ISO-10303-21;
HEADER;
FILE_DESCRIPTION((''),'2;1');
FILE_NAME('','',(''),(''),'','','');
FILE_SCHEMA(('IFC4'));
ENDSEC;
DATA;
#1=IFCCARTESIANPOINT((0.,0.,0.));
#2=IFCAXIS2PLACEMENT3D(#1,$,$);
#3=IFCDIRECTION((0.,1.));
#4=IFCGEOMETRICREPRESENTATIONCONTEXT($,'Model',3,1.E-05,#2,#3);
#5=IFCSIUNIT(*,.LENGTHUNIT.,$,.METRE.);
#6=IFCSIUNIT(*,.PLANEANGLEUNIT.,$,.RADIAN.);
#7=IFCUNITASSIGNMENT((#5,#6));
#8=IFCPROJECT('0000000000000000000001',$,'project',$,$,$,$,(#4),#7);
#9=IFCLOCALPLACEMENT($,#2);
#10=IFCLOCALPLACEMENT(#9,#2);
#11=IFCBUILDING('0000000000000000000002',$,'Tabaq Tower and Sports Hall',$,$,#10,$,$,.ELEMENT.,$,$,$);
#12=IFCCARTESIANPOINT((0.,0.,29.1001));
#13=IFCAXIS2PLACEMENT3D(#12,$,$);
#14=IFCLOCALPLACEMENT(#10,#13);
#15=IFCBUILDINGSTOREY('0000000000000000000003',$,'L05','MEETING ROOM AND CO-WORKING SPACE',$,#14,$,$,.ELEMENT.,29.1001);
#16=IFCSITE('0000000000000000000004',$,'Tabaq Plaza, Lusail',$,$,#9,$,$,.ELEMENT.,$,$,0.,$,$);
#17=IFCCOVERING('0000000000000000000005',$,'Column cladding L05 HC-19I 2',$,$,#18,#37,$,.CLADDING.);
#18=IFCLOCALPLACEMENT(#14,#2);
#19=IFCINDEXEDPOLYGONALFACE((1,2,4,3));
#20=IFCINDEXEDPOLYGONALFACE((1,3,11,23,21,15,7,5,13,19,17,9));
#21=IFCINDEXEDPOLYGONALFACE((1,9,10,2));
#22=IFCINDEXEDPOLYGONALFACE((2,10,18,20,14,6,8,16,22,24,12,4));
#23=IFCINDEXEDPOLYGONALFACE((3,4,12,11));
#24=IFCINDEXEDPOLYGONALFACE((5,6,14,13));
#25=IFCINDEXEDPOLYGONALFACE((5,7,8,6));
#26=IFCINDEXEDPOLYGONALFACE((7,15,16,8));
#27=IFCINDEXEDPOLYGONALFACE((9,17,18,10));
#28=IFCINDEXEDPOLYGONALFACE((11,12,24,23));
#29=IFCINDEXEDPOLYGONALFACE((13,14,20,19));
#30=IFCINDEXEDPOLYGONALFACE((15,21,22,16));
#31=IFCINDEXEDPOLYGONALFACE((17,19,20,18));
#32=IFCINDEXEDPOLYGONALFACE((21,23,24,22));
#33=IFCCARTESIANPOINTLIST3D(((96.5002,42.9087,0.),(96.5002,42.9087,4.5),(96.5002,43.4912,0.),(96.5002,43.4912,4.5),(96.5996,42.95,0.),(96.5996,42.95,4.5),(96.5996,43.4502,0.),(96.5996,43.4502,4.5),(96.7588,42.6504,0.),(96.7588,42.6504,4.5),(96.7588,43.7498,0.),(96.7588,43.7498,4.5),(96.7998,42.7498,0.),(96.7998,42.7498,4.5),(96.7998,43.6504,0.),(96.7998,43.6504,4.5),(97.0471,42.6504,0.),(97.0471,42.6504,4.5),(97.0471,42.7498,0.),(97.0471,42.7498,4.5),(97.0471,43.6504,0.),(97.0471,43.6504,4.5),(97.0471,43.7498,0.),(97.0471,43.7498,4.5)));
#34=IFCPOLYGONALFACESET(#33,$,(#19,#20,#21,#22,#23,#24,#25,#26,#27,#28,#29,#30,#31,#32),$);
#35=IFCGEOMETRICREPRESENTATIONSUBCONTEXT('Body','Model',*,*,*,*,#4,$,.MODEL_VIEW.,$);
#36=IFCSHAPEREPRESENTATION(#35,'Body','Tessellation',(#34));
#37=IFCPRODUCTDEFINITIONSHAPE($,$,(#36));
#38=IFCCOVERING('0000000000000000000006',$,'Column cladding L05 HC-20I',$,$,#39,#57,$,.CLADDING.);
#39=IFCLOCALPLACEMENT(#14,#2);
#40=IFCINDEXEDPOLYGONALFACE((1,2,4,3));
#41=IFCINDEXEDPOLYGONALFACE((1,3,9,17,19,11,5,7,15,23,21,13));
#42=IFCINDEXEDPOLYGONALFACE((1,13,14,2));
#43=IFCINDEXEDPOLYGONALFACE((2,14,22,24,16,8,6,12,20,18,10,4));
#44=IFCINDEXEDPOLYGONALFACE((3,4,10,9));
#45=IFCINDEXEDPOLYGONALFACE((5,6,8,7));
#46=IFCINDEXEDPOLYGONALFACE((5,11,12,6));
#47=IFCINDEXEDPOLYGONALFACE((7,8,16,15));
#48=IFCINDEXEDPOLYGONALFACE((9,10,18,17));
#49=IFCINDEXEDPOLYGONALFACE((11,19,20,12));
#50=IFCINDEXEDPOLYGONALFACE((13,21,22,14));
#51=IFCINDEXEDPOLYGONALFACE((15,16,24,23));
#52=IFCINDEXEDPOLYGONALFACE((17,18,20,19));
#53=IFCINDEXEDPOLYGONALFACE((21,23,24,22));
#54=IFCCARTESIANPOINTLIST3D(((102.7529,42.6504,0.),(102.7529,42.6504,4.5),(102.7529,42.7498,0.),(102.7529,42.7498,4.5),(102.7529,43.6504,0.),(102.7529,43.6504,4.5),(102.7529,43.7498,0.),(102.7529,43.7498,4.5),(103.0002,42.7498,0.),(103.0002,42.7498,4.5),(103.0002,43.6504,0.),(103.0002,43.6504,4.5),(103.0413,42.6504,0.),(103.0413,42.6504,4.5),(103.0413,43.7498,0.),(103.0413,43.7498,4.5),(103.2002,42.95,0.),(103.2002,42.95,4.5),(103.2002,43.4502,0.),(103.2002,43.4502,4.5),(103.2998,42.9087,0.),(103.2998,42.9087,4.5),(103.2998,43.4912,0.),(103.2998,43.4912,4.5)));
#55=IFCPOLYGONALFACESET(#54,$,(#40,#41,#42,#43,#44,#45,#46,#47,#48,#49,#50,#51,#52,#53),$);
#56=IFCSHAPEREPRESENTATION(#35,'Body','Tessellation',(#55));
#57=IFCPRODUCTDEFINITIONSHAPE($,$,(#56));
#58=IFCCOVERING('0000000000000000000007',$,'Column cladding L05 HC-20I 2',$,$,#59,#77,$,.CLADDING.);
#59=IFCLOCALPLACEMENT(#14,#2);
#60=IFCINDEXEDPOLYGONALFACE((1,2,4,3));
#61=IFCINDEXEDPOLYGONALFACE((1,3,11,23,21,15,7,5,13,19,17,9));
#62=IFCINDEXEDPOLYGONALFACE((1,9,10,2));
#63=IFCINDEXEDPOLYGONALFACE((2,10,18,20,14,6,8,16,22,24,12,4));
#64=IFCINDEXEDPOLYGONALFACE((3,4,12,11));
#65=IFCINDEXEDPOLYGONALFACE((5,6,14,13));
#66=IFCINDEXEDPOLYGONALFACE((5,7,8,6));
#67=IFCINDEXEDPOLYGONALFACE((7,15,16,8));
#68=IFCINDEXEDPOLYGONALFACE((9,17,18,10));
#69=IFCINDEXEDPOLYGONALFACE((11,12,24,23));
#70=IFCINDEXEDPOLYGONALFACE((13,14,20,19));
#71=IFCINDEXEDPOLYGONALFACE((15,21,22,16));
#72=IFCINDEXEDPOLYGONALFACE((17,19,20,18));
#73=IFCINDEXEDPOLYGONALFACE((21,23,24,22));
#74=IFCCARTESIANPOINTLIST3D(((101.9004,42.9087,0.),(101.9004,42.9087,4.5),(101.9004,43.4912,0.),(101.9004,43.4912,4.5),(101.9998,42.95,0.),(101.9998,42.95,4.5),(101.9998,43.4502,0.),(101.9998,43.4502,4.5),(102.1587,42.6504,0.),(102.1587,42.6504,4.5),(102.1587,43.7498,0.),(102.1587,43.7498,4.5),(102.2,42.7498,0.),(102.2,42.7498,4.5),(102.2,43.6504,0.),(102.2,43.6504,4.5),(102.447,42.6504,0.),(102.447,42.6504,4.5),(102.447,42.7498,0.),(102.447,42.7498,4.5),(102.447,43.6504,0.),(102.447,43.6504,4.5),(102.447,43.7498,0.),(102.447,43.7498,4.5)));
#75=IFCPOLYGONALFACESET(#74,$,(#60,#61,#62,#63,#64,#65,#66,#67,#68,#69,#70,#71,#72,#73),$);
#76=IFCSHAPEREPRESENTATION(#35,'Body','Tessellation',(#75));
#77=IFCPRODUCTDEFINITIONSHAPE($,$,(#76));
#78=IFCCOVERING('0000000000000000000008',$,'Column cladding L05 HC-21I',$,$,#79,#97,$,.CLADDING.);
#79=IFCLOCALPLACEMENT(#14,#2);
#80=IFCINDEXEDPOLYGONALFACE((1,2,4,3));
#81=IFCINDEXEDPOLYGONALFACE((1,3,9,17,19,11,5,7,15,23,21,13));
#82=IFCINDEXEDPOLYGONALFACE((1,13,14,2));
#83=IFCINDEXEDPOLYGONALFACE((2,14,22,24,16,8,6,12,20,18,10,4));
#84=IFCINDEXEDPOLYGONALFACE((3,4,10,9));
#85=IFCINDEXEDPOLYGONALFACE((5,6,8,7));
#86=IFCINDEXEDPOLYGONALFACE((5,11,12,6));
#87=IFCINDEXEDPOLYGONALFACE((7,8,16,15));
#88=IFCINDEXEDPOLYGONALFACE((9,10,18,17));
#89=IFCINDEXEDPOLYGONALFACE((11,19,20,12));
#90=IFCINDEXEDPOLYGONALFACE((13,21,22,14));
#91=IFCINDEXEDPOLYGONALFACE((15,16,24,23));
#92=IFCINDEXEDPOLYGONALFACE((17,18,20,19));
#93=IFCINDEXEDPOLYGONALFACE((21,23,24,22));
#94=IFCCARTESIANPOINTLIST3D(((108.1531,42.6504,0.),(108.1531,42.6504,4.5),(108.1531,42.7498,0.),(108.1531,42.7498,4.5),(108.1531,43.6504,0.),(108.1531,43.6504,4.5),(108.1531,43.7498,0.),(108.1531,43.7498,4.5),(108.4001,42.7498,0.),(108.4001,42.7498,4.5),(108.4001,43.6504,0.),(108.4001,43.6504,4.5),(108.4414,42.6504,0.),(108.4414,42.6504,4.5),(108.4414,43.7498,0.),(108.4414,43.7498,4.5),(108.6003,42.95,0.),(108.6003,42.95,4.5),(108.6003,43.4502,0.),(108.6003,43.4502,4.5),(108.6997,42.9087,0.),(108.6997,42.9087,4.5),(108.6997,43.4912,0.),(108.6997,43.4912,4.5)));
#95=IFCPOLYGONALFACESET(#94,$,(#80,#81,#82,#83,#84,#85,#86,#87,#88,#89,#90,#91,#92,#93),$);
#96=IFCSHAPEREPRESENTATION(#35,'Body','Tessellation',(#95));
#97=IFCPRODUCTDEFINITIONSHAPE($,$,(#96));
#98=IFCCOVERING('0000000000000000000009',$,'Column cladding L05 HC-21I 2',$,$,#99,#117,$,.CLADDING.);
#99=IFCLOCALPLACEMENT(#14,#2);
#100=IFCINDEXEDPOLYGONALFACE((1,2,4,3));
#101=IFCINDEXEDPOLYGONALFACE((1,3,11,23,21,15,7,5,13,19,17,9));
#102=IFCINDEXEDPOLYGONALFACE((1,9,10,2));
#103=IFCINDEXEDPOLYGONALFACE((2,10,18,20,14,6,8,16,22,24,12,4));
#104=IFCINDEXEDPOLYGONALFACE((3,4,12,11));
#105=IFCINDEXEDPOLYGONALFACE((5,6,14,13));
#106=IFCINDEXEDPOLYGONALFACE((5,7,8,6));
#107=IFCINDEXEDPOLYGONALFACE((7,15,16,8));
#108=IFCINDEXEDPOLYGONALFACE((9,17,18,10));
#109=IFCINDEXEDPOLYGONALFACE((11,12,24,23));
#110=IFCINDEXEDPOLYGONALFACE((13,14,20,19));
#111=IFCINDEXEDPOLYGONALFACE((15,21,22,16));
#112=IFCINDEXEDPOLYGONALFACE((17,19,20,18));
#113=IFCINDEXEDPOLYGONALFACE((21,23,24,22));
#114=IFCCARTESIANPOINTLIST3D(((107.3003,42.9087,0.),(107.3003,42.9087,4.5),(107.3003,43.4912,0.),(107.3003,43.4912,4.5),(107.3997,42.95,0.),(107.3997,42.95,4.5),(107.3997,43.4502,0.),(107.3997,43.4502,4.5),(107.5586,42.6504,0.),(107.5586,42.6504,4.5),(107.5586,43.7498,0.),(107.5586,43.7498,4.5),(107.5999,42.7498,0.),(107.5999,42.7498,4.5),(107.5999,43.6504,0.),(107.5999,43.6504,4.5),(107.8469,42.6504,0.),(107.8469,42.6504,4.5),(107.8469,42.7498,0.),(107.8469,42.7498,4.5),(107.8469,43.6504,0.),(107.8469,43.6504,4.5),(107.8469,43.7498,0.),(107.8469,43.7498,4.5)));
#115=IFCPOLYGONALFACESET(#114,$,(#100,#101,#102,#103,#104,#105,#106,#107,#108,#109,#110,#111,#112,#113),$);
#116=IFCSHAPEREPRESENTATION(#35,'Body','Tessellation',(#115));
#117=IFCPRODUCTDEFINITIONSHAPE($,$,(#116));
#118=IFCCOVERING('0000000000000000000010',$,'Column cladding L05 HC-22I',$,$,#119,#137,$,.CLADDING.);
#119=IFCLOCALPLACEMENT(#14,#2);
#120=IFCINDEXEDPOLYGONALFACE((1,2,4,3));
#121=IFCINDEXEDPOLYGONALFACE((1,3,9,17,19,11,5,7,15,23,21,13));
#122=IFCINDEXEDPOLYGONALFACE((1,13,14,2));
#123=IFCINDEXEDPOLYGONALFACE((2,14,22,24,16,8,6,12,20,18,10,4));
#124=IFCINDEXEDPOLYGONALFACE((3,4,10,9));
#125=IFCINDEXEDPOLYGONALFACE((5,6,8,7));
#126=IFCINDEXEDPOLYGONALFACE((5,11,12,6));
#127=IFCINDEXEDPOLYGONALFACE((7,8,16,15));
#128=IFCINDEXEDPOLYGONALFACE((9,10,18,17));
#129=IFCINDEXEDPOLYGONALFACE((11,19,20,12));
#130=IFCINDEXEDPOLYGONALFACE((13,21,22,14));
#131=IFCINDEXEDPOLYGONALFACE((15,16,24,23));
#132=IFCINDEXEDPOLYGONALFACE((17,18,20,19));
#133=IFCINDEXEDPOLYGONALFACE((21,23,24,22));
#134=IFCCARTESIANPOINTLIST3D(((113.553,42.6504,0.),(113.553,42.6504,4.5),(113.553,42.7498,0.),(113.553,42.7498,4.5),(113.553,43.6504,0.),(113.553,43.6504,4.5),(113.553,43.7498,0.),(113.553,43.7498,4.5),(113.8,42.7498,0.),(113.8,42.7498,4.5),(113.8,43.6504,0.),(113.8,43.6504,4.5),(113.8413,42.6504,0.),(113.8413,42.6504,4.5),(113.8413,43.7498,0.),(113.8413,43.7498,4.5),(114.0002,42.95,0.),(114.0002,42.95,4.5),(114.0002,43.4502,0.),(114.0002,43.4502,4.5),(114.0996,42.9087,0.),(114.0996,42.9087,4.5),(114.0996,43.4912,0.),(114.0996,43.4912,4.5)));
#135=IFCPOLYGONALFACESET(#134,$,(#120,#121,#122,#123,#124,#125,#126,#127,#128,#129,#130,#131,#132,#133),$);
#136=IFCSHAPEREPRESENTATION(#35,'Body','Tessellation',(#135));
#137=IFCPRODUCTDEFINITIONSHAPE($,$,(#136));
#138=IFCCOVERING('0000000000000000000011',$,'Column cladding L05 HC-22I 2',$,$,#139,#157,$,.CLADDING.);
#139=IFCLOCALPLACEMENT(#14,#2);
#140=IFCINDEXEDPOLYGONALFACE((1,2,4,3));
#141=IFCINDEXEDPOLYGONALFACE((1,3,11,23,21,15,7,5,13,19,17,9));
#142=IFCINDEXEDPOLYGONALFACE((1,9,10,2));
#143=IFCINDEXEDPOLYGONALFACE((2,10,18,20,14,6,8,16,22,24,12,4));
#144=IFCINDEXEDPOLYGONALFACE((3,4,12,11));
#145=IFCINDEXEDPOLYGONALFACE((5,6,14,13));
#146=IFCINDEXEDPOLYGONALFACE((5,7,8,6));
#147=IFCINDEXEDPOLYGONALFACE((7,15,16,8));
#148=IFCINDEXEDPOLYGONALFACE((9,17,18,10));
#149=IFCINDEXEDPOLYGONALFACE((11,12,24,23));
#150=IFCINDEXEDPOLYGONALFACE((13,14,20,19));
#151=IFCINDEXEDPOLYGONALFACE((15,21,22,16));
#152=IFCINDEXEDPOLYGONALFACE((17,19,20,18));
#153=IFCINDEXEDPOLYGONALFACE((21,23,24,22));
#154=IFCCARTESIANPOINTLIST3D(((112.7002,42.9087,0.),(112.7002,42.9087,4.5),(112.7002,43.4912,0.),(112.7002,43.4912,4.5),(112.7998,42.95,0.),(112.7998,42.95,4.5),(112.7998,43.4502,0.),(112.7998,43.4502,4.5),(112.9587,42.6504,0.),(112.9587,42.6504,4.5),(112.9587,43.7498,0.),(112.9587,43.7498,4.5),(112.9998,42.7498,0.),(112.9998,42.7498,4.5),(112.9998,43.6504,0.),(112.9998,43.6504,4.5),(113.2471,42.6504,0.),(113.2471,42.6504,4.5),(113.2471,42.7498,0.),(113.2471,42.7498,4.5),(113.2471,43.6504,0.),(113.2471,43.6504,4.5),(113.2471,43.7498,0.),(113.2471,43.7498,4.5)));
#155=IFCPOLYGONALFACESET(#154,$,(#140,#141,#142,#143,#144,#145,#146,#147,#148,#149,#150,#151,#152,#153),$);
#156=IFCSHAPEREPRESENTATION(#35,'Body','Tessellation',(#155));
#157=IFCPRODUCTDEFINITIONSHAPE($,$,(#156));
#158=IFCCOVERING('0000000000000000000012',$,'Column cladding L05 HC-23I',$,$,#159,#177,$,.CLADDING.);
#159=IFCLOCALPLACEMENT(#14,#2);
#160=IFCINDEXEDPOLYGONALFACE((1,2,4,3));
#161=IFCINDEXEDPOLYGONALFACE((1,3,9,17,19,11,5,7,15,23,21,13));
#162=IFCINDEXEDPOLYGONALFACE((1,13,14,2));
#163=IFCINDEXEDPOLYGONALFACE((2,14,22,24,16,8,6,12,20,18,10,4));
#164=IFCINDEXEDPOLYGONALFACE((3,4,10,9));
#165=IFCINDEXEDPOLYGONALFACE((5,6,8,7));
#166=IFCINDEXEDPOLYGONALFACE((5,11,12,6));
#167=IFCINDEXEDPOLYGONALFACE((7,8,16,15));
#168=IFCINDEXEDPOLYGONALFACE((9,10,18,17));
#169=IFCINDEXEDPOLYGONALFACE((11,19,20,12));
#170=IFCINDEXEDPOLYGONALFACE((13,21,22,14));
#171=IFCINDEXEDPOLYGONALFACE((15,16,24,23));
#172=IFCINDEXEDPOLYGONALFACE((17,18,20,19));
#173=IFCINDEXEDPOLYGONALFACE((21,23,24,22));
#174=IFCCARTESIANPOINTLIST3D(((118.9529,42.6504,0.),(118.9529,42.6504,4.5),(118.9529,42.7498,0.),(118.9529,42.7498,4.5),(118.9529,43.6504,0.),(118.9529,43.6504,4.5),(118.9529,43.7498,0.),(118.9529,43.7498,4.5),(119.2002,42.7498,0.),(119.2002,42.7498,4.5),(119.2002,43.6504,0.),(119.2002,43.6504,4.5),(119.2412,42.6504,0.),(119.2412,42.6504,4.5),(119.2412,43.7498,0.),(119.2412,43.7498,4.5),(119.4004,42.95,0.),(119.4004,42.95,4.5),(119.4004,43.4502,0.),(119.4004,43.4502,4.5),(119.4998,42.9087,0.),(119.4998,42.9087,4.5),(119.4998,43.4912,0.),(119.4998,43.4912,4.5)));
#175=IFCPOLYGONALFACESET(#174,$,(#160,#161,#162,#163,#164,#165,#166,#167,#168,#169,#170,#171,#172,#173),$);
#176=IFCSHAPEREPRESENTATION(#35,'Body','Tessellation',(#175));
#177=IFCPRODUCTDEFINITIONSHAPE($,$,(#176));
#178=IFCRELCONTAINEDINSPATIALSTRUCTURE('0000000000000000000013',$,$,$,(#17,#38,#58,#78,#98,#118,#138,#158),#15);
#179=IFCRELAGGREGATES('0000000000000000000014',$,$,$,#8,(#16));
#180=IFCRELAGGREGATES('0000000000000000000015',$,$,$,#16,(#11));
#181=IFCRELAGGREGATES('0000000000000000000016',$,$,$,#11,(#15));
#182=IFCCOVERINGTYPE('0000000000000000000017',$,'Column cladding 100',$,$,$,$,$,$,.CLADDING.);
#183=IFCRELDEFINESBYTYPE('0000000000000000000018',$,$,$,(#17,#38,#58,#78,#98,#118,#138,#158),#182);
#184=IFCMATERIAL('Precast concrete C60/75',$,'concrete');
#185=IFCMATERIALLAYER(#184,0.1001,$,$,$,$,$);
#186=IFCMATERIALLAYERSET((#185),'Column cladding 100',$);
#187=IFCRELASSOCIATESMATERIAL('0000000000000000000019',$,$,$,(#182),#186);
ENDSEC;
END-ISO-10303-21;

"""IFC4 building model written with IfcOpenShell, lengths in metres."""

from ifc_helpers import new_model, si_unit, direction, frame, origin, place, context, subcontext, project, spatial, polyline, outline, extrude, material, layer, layer_set, type_object, element, save


model = new_model("IFC4")

# Units and contexts
model_context = context("Model", 3, precision=1e-05, world=origin(), true_north=direction((0.0, 1.0)))
body_context = subcontext(model_context, "Body", "Model", "MODEL_VIEW")
ifc_project = project(units=[si_unit("LENGTHUNIT", "METRE"), si_unit("PLANEANGLEUNIT", "RADIAN")], contexts=[model_context])

# Site, building, storey
site_placement = place(None, origin())
site = spatial("IfcSite", under=ifc_project, at=site_placement, Name="Tabaq Plaza, Lusail", CompositionType="ELEMENT", RefElevation=0.0)
building_placement = place(site_placement, origin())
building = spatial("IfcBuilding", under=site, at=building_placement, Name="Tabaq Tower and Sports Hall", CompositionType="ELEMENT")
storey_placement = place(building_placement, frame((0.0, 0.0, 29.1001)))
storey = spatial("IfcBuildingStorey", under=building, at=storey_placement, Name="L05", Description="MEETING ROOM AND CO-WORKING SPACE", CompositionType="ELEMENT", Elevation=29.1001)

# Coverings
ifc_material_1 = material(Name="Precast concrete C60/75", Category="concrete")
ifc_layer_1 = layer(ifc_material_1, 0.1001)
ifc_layer_set_1 = layer_set([ifc_layer_1], Name="Column cladding 100")
covering_type = type_object("IfcCoveringType", Name="Column cladding 100", PredefinedType="CLADDING", material=ifc_layer_set_1)
covering_1_placement = place(storey_placement, origin())
element("IfcCovering", 1, at=covering_1_placement, inside=storey, type_object=covering_type, Name="Column cladding L05 HC-19I 2", PredefinedType="CLADDING", context=body_context, shape_type="SweptSolid", body=[
    extrude(outline(polyline([(96.5002, 43.4912), (96.7588, 43.7498), (97.0471, 43.7498), (97.0471, 43.6504), (96.7998, 43.6504), (96.5996, 43.4502), (96.5996, 42.95), (96.7998, 42.7498), (97.0471, 42.7498), (97.0471, 42.6504), (96.7588, 42.6504), (96.5002, 42.9087), (96.5002, 43.4912)])), origin(), (0.0, 0.0, 1.0), 4.5),
])
covering_2_placement = place(storey_placement, origin())
element("IfcCovering", 2, at=covering_2_placement, inside=storey, type_object=covering_type, Name="Column cladding L05 HC-20I", PredefinedType="CLADDING", context=body_context, shape_type="SweptSolid", body=[
    extrude(outline(polyline([(103.0413, 43.7498), (103.2998, 43.4912), (103.2998, 42.9087), (103.0413, 42.6504), (102.7529, 42.6504), (102.7529, 42.7498), (103.0002, 42.7498), (103.2002, 42.95), (103.2002, 43.4502), (103.0002, 43.6504), (102.7529, 43.6504), (102.7529, 43.7498), (103.0413, 43.7498)])), origin(), (0.0, 0.0, 1.0), 4.5),
])
covering_3_placement = place(storey_placement, origin())
element("IfcCovering", 3, at=covering_3_placement, inside=storey, type_object=covering_type, Name="Column cladding L05 HC-20I 2", PredefinedType="CLADDING", context=body_context, shape_type="SweptSolid", body=[
    extrude(outline(polyline([(101.9004, 43.4912), (102.1587, 43.7498), (102.447, 43.7498), (102.447, 43.6504), (102.2, 43.6504), (101.9998, 43.4502), (101.9998, 42.95), (102.2, 42.7498), (102.447, 42.7498), (102.447, 42.6504), (102.1587, 42.6504), (101.9004, 42.9087), (101.9004, 43.4912)])), origin(), (0.0, 0.0, 1.0), 4.5),
])
covering_4_placement = place(storey_placement, origin())
element("IfcCovering", 4, at=covering_4_placement, inside=storey, type_object=covering_type, Name="Column cladding L05 HC-21I", PredefinedType="CLADDING", context=body_context, shape_type="SweptSolid", body=[
    extrude(outline(polyline([(108.4414, 43.7498), (108.6997, 43.4912), (108.6997, 42.9087), (108.4414, 42.6504), (108.1531, 42.6504), (108.1531, 42.7498), (108.4001, 42.7498), (108.6003, 42.95), (108.6003, 43.4502), (108.4001, 43.6504), (108.1531, 43.6504), (108.1531, 43.7498), (108.4414, 43.7498)])), origin(), (0.0, 0.0, 1.0), 4.5),
])
covering_5_placement = place(storey_placement, origin())
element("IfcCovering", 5, at=covering_5_placement, inside=storey, type_object=covering_type, Name="Column cladding L05 HC-21I 2", PredefinedType="CLADDING", context=body_context, shape_type="SweptSolid", body=[
    extrude(outline(polyline([(107.3003, 43.4912), (107.5586, 43.7498), (107.8469, 43.7498), (107.8469, 43.6504), (107.5999, 43.6504), (107.3997, 43.4502), (107.3997, 42.95), (107.5999, 42.7498), (107.8469, 42.7498), (107.8469, 42.6504), (107.5586, 42.6504), (107.3003, 42.9087), (107.3003, 43.4912)])), origin(), (0.0, 0.0, 1.0), 4.5),
])
covering_6_placement = place(storey_placement, origin())
element("IfcCovering", 6, at=covering_6_placement, inside=storey, type_object=covering_type, Name="Column cladding L05 HC-22I", PredefinedType="CLADDING", context=body_context, shape_type="SweptSolid", body=[
    extrude(outline(polyline([(113.8413, 43.7498), (114.0996, 43.4912), (114.0996, 42.9087), (113.8413, 42.6504), (113.553, 42.6504), (113.553, 42.7498), (113.8, 42.7498), (114.0002, 42.95), (114.0002, 43.4502), (113.8, 43.6504), (113.553, 43.6504), (113.553, 43.7498), (113.8413, 43.7498)])), origin(), (0.0, 0.0, 1.0), 4.5),
])
covering_7_placement = place(storey_placement, origin())
element("IfcCovering", 7, at=covering_7_placement, inside=storey, type_object=covering_type, Name="Column cladding L05 HC-22I 2", PredefinedType="CLADDING", context=body_context, shape_type="SweptSolid", body=[
    extrude(outline(polyline([(112.7002, 43.4912), (112.9587, 43.7498), (113.2471, 43.7498), (113.2471, 43.6504), (112.9998, 43.6504), (112.7998, 43.4502), (112.7998, 42.95), (112.9998, 42.7498), (113.2471, 42.7498), (113.2471, 42.6504), (112.9587, 42.6504), (112.7002, 42.9087), (112.7002, 43.4912)])), origin(), (0.0, 0.0, 1.0), 4.5),
])
covering_8_placement = place(storey_placement, origin())
element("IfcCovering", 8, at=covering_8_placement, inside=storey, type_object=covering_type, Name="Column cladding L05 HC-23I", PredefinedType="CLADDING", context=body_context, shape_type="SweptSolid", body=[
    extrude(outline(polyline([(119.2412, 43.7498), (119.4998, 43.4912), (119.4998, 42.9087), (119.2412, 42.6504), (118.9529, 42.6504), (118.9529, 42.7498), (119.2002, 42.7498), (119.4004, 42.95), (119.4004, 43.4502), (119.2002, 43.6504), (118.9529, 43.6504), (118.9529, 43.7498), (119.2412, 43.7498)])), origin(), (0.0, 0.0, 1.0), 4.5),
])

save(model, "model.ifc")
